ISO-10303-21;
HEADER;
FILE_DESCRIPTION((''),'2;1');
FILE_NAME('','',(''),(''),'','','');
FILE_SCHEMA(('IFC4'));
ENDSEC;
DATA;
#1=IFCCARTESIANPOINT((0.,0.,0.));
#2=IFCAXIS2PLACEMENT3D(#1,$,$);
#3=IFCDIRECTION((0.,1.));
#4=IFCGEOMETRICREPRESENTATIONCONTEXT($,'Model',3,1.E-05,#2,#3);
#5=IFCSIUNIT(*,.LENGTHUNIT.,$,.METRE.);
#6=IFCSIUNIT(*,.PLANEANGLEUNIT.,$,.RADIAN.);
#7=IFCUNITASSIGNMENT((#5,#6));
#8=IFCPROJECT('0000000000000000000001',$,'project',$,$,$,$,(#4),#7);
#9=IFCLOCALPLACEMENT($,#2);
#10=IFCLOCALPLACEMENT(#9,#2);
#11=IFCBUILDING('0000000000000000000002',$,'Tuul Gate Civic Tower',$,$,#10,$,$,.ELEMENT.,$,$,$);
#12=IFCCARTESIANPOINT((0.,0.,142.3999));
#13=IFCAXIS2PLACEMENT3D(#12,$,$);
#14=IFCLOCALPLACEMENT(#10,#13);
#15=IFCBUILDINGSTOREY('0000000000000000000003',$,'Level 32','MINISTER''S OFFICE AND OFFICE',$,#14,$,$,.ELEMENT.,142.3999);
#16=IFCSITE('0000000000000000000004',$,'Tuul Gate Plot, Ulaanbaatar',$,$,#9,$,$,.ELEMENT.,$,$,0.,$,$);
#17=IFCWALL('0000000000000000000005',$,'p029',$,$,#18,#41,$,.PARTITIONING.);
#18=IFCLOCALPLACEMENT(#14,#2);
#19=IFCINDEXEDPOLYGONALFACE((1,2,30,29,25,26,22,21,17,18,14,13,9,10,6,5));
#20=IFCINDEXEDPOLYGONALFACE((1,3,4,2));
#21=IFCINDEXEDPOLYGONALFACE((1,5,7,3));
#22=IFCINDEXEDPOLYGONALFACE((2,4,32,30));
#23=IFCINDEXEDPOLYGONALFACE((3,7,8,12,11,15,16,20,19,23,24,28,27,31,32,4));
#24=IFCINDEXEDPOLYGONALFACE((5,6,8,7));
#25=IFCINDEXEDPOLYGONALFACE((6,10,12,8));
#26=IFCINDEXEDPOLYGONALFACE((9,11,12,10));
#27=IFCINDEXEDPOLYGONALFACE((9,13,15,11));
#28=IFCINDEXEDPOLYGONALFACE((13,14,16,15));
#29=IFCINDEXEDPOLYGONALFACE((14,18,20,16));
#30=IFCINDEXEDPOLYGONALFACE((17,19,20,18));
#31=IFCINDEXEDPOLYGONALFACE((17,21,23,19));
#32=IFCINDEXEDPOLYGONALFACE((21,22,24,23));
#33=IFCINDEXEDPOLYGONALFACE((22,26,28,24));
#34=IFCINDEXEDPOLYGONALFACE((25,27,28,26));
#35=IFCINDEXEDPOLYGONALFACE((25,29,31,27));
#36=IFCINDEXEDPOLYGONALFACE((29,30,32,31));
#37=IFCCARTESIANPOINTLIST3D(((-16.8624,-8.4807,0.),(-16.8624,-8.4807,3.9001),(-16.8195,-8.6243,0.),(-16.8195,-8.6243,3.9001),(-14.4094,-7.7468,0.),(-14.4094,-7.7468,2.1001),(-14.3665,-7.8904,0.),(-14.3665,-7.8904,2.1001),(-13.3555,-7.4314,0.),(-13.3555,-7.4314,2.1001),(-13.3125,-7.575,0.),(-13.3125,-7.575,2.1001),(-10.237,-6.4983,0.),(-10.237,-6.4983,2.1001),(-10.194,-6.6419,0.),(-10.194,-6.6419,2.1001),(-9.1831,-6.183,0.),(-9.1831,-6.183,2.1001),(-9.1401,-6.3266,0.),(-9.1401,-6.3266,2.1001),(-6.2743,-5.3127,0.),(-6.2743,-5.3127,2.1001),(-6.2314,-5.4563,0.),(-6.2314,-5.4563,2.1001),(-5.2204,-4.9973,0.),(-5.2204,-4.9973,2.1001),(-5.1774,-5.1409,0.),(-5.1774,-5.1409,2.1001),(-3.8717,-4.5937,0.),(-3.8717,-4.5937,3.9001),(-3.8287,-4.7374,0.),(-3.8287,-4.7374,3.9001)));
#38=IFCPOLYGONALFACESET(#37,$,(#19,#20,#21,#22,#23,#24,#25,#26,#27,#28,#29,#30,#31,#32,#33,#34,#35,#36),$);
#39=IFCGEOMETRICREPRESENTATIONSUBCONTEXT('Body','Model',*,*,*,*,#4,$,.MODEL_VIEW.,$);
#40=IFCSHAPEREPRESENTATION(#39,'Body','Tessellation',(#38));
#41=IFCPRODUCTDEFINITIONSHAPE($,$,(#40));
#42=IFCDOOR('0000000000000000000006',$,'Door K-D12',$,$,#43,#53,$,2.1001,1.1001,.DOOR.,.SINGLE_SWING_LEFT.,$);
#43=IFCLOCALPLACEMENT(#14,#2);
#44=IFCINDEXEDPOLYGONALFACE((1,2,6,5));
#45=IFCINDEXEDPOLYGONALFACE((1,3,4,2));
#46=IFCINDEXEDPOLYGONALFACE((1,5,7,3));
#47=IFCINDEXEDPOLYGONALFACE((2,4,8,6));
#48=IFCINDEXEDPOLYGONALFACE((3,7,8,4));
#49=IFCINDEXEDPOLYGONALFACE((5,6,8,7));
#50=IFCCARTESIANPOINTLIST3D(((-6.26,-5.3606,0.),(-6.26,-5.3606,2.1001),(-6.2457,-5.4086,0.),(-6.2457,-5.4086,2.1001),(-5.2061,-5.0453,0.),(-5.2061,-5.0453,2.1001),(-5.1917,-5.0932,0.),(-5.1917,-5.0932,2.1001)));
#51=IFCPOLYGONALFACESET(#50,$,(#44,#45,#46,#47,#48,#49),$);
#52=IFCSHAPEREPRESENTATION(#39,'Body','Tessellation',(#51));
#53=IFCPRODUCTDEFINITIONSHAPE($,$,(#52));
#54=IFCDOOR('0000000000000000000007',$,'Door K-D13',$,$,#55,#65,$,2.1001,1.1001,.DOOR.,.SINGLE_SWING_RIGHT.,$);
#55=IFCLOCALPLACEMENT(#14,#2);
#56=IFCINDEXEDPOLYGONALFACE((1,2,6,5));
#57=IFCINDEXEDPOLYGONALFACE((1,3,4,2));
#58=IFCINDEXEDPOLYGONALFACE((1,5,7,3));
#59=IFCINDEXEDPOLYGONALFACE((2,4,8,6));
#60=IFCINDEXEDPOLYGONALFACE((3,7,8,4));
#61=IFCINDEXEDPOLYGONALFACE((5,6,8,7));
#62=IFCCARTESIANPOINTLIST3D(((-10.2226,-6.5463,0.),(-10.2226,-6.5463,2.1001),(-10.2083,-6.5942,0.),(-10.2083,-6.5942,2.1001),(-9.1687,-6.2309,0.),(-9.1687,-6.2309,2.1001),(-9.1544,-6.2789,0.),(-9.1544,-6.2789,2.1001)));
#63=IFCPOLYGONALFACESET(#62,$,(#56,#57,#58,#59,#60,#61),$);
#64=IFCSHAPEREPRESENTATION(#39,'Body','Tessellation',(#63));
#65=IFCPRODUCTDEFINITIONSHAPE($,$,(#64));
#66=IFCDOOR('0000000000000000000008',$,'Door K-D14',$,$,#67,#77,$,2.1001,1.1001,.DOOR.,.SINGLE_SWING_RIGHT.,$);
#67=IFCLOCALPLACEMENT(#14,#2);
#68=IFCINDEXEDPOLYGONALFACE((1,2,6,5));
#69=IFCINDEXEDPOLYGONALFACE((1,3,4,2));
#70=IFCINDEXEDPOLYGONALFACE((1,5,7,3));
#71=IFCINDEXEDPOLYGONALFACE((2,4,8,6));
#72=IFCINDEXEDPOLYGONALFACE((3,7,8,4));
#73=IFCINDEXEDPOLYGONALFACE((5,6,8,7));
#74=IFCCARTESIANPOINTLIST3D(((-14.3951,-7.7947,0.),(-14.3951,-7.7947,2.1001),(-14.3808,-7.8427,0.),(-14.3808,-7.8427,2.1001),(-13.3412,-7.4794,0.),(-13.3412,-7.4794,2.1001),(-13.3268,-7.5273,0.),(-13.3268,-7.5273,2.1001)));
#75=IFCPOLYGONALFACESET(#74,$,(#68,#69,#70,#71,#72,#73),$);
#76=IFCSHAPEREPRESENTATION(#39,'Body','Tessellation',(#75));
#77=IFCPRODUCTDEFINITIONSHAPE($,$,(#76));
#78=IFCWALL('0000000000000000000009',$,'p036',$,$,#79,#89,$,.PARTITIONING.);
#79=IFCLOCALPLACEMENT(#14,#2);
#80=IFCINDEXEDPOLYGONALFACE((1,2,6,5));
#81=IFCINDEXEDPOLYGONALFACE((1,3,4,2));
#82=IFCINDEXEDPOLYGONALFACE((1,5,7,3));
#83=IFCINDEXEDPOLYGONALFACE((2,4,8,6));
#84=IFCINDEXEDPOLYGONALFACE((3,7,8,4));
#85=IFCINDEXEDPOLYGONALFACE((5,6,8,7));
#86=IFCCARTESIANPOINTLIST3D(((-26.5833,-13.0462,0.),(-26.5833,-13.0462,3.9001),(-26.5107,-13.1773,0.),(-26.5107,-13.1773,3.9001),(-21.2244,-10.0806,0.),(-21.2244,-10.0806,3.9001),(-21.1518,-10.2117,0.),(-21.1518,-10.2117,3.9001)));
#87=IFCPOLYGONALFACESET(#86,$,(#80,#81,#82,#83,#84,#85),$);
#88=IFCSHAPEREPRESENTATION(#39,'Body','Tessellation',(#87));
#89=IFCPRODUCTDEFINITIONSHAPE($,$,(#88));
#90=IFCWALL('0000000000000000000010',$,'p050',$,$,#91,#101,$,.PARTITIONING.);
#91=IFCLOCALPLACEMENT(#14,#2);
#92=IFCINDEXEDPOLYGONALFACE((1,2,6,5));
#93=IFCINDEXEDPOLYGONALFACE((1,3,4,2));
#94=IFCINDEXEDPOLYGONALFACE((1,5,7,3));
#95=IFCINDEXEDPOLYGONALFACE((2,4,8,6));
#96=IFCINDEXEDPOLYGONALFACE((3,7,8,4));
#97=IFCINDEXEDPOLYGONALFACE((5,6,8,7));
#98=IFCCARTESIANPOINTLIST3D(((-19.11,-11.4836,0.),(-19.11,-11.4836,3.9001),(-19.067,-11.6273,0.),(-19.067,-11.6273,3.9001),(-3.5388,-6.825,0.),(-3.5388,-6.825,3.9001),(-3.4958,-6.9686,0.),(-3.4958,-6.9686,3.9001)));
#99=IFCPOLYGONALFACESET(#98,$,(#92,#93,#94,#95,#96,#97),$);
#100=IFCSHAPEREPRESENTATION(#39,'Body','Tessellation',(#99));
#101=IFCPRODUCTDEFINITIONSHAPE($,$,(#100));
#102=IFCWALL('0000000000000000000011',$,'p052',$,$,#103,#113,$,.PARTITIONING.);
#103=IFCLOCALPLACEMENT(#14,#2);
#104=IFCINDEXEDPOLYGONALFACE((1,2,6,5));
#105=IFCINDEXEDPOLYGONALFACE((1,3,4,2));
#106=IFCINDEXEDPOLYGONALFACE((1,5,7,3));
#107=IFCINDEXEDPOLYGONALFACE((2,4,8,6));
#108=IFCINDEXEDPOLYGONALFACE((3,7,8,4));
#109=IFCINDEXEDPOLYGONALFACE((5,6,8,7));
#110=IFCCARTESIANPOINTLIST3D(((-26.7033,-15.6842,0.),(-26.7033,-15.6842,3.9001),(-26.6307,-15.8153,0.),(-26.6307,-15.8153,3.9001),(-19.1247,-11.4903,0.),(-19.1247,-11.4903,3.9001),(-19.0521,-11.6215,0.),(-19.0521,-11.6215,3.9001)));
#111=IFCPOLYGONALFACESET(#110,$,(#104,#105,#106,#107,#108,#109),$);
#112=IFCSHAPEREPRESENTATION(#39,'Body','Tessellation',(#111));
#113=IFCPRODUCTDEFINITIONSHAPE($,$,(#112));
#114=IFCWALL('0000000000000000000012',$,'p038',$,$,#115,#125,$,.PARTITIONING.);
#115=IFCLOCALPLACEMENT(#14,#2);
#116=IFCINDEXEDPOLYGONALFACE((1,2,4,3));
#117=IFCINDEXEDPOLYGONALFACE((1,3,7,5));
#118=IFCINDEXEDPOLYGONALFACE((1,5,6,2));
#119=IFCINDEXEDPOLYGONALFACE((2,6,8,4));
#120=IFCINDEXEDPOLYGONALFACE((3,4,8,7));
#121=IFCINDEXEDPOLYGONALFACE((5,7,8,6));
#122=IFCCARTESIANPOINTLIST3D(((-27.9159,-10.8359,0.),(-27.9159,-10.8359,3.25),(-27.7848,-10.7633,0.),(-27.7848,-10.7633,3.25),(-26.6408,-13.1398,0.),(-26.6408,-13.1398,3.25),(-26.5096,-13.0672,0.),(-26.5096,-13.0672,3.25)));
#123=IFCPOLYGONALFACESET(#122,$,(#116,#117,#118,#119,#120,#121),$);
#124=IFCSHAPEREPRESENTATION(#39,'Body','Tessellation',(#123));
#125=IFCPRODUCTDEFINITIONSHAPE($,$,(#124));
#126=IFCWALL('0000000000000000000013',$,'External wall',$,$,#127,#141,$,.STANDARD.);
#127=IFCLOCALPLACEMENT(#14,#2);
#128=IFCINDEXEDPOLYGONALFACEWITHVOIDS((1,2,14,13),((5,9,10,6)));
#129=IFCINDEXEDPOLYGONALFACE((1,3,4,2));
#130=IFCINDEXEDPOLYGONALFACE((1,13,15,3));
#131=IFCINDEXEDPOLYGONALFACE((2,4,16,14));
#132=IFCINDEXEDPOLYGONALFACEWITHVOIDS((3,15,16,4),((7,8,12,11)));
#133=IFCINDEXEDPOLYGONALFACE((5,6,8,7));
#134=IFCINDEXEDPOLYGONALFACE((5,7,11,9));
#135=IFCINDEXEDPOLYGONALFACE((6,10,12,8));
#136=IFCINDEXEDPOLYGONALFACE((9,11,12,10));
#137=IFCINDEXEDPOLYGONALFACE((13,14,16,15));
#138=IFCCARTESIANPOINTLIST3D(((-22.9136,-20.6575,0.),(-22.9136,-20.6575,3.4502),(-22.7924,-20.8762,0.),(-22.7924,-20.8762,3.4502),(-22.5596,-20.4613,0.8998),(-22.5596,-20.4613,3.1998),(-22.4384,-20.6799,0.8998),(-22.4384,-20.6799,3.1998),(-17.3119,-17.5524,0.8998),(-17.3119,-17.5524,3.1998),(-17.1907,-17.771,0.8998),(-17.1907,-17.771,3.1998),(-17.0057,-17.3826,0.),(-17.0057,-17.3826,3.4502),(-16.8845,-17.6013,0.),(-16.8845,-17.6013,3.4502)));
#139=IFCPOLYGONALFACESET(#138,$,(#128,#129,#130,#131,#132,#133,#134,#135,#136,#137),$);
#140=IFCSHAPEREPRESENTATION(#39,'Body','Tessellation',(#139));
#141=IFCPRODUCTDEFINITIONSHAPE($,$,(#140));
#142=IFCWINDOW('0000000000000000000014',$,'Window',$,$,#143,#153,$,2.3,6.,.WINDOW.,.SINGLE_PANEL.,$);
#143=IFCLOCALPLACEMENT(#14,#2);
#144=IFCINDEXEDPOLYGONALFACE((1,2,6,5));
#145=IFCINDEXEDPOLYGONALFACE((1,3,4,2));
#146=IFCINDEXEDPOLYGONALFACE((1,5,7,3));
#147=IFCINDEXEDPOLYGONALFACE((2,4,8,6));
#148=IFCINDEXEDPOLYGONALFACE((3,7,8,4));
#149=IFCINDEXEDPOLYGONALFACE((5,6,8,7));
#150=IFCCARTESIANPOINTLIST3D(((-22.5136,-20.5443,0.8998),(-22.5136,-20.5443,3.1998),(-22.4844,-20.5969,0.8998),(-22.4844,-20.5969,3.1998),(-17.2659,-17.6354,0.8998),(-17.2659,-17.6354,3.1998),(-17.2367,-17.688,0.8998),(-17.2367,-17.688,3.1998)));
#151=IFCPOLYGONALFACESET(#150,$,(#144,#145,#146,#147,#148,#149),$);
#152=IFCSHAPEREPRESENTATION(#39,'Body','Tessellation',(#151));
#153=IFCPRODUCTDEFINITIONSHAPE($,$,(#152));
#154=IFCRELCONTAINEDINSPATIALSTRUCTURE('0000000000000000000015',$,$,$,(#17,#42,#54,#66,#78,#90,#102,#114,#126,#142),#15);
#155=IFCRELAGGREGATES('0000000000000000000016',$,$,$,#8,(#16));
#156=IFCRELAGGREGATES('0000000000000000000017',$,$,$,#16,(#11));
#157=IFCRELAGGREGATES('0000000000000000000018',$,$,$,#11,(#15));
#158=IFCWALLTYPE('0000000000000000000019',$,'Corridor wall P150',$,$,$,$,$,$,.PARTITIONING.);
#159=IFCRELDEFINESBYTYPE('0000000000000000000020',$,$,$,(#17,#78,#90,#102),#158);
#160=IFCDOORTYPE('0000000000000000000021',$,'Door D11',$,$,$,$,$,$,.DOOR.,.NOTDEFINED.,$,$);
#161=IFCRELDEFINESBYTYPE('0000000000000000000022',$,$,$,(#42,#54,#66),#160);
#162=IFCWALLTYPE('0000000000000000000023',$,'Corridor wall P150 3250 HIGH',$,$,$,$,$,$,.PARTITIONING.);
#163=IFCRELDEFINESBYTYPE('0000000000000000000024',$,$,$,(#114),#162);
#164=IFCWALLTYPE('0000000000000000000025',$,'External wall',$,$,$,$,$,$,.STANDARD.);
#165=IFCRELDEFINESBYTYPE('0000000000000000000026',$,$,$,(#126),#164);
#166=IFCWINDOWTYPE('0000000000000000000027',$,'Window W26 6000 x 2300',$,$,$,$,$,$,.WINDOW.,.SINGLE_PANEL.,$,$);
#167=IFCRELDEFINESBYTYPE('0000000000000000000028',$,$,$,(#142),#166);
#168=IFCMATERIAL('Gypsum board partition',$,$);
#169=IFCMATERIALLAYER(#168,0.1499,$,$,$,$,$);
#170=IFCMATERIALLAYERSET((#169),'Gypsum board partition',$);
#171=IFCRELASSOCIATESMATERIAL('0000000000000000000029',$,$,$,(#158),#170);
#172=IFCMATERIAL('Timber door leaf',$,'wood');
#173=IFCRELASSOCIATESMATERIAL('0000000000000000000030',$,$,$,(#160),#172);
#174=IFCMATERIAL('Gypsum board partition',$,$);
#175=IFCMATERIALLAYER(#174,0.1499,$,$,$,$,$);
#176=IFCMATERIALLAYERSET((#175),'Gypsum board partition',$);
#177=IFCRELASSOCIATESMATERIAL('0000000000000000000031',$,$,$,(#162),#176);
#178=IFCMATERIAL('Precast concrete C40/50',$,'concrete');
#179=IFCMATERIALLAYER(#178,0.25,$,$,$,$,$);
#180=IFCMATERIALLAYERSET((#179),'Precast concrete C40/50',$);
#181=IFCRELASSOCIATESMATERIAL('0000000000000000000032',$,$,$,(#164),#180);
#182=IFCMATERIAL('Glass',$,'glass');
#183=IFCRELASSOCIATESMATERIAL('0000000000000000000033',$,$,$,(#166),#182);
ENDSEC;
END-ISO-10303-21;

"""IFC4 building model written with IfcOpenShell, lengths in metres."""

from ifc_helpers import new_model, si_unit, direction, frame, frame_2d, origin, place, context, subcontext, project, spatial, rectangle, extrude, material, layer, layer_set, type_object, element, fill, save


model = new_model("IFC4")

# Units and contexts
model_context = context("Model", 3, precision=1e-05, world=origin(), true_north=direction((0.0, 1.0)))
body_context = subcontext(model_context, "Body", "Model", "MODEL_VIEW")
ifc_project = project(units=[si_unit("LENGTHUNIT", "METRE"), si_unit("PLANEANGLEUNIT", "RADIAN")], contexts=[model_context])

# Site, building, storey
site_placement = place(None, origin())
site = spatial("IfcSite", under=ifc_project, at=site_placement, Name="Tuul Gate Plot, Ulaanbaatar", CompositionType="ELEMENT", RefElevation=0.0)
building_placement = place(site_placement, origin())
building = spatial("IfcBuilding", under=site, at=building_placement, Name="Tuul Gate Civic Tower", CompositionType="ELEMENT")
storey_placement = place(building_placement, frame((0.0, 0.0, 142.3999)))
storey = spatial("IfcBuildingStorey", under=building, at=storey_placement, Name="Level 32", Description="MINISTER'S OFFICE AND OFFICE", CompositionType="ELEMENT", Elevation=142.3999)

# Wall, openings, doors
ifc_material_1 = material(Name="Gypsum board partition")
ifc_layer_1 = layer(ifc_material_1, 0.1499)
ifc_layer_set_1 = layer_set([ifc_layer_1], Name="Gypsum board partition")
wall_type_1 = type_object("IfcWallType", Name="Corridor wall P150", PredefinedType="PARTITIONING", material=ifc_layer_set_1)
wall_1_placement = place(storey_placement, frame((-16.8408, -8.5525, 0.0), z_axis=(0.0, 0.0, 1.0), x_axis=(0.958034, 0.286654, 0.0)))
wall_1 = element("IfcWall", 1, at=wall_1_placement, inside=storey, type_object=wall_type_1, Name="p029", PredefinedType="PARTITIONING", context=body_context, shape_type="SweptSolid", body=[
    extrude(rectangle(XDim=13.5598, YDim=0.1499, at=frame_2d((6.7798, 0.0))), origin(), (0.0, 0.0, 1.0), 3.9001),
])
opening_1_placement = place(wall_1_placement, frame((11.0518, 0.0, 0.0)))
opening_1 = element("IfcOpeningElement", 2, at=opening_1_placement, cuts=wall_1, PredefinedType="OPENING", context=body_context, shape_type="SweptSolid", body=[
    extrude(rectangle(XDim=1.1001, YDim=2.1001, at=frame_2d((0.55, 1.05))), frame((0.0, 0.085, 0.0), z_axis=(0.0, -1.0, 0.0), x_axis=(1.0, 0.0, 0.0)), (0.0, 0.0, 1.0), 0.1699),
])
opening_2_placement = place(wall_1_placement, frame((6.9155, 0.0, 0.0)))
opening_2 = element("IfcOpeningElement", 3, at=opening_2_placement, cuts=wall_1, PredefinedType="OPENING", context=body_context, shape_type="SweptSolid", body=[
    extrude(rectangle(XDim=1.1001, YDim=2.1001, at=frame_2d((0.55, 1.05))), frame((0.0, 0.085, 0.0), z_axis=(0.0, -1.0, 0.0), x_axis=(1.0, 0.0, 0.0)), (0.0, 0.0, 1.0), 0.1699),
])
opening_3_placement = place(wall_1_placement, frame((2.5603, 0.0, 0.0)))
opening_3 = element("IfcOpeningElement", 4, at=opening_3_placement, cuts=wall_1, PredefinedType="OPENING", context=body_context, shape_type="SweptSolid", body=[
    extrude(rectangle(XDim=1.1001, YDim=2.1001, at=frame_2d((0.55, 1.05))), frame((0.0, 0.085, 0.0), z_axis=(0.0, -1.0, 0.0), x_axis=(1.0, 0.0, 0.0)), (0.0, 0.0, 1.0), 0.1699),
])
ifc_material_2 = material(Name="Timber door leaf", Category="wood")
door_type_1 = type_object("IfcDoorType", Name="Door D11", OperationType="NOTDEFINED", PredefinedType="DOOR", material=ifc_material_2)
door_1_placement = place(opening_1_placement, origin())
door_1 = element("IfcDoor", 5, at=door_1_placement, inside=storey, type_object=door_type_1, Name="Door K-D12", OperationType="SINGLE_SWING_LEFT", OverallHeight=2.1001, OverallWidth=1.1001, PredefinedType="DOOR", context=body_context, shape_type="SweptSolid", body=[
    extrude(rectangle(XDim=1.1001, YDim=2.1001, at=frame_2d((0.55, 1.05))), frame((0.0, 0.0249, 0.0), z_axis=(0.0, -1.0, 0.0), x_axis=(1.0, 0.0, 0.0)), (0.0, 0.0, 1.0), 0.05),
])
fill(opening_1, door_1)
door_2_placement = place(opening_2_placement, origin())
door_2 = element("IfcDoor", 6, at=door_2_placement, inside=storey, type_object=door_type_1, Name="Door K-D13", OperationType="SINGLE_SWING_RIGHT", OverallHeight=2.1001, OverallWidth=1.1001, PredefinedType="DOOR", context=body_context, shape_type="SweptSolid", body=[
    extrude(rectangle(XDim=1.1001, YDim=2.1001, at=frame_2d((0.55, 1.05))), frame((0.0, 0.0249, 0.0), z_axis=(0.0, -1.0, 0.0), x_axis=(1.0, 0.0, 0.0)), (0.0, 0.0, 1.0), 0.05),
])
fill(opening_2, door_2)
door_3_placement = place(opening_3_placement, origin())
door_3 = element("IfcDoor", 7, at=door_3_placement, inside=storey, type_object=door_type_1, Name="Door K-D14", OperationType="SINGLE_SWING_RIGHT", OverallHeight=2.1001, OverallWidth=1.1001, PredefinedType="DOOR", context=body_context, shape_type="SweptSolid", body=[
    extrude(rectangle(XDim=1.1001, YDim=2.1001, at=frame_2d((0.55, 1.05))), frame((0.0, 0.0249, 0.0), z_axis=(0.0, -1.0, 0.0), x_axis=(1.0, 0.0, 0.0)), (0.0, 0.0, 1.0), 0.05),
])
fill(opening_3, door_3)

# Walls
wall_2_placement = place(storey_placement, frame((-26.5471, -13.1118, 0.0), z_axis=(0.0, 0.0, 1.0), x_axis=(0.874959, 0.484197, 0.0)))
element("IfcWall", 8, at=wall_2_placement, inside=storey, type_object=wall_type_1, Name="p036", PredefinedType="PARTITIONING", context=body_context, shape_type="SweptSolid", body=[
    extrude(rectangle(XDim=6.1248, YDim=0.1499, at=frame_2d((3.0625, 0.0))), origin(), (0.0, 0.0, 1.0), 3.9001),
])
wall_3_placement = place(storey_placement, frame((-19.0884, -11.5554, 0.0), z_axis=(0.0, 0.0, 1.0), x_axis=(0.958041, 0.286631, 0.0)))
element("IfcWall", 9, at=wall_3_placement, inside=storey, type_object=wall_type_1, Name="p050", PredefinedType="PARTITIONING", context=body_context, shape_type="SweptSolid", body=[
    extrude(rectangle(XDim=16.2532, YDim=0.1499, at=frame_2d((8.1265, 0.0))), origin(), (0.0, 0.0, 1.0), 3.9001),
])
wall_4_placement = place(storey_placement, frame((-26.667, -15.7498, 0.0), z_axis=(0.0, 0.0, 1.0), x_axis=(0.874964, 0.484187, 0.0)))
element("IfcWall", 10, at=wall_4_placement, inside=storey, type_object=wall_type_1, Name="p052", PredefinedType="PARTITIONING", context=body_context, shape_type="SweptSolid", body=[
    extrude(rectangle(XDim=8.6616, YDim=0.1499, at=frame_2d((4.3308, 0.0))), origin(), (0.0, 0.0, 1.0), 3.9001),
])
ifc_material_3 = material(Name="Gypsum board partition")
ifc_layer_2 = layer(ifc_material_3, 0.1499)
ifc_layer_set_2 = layer_set([ifc_layer_2], Name="Gypsum board partition")
wall_type_2 = type_object("IfcWallType", Name="Corridor wall P150 3250 HIGH", PredefinedType="PARTITIONING", material=ifc_layer_set_2)
wall_5_placement = place(storey_placement, frame((-27.8503, -10.7996, 0.0), z_axis=(0.0, 0.0, 1.0), x_axis=(0.484241, -0.874935, 0.0)))
element("IfcWall", 11, at=wall_5_placement, inside=storey, type_object=wall_type_2, Name="p038", PredefinedType="PARTITIONING", context=body_context, shape_type="SweptSolid", body=[
    extrude(rectangle(XDim=2.6333, YDim=0.1499, at=frame_2d((1.3167, 0.0))), origin(), (0.0, 0.0, 1.0), 3.25),
])

# Wall, opening, window
ifc_material_4 = material(Name="Precast concrete C40/50", Category="concrete")
ifc_layer_3 = layer(ifc_material_4, 0.25)
ifc_layer_set_3 = layer_set([ifc_layer_3], Name="Precast concrete C40/50")
wall_type_3 = type_object("IfcWallType", Name="External wall", PredefinedType="STANDARD", material=ifc_layer_set_3)
wall_6_placement = place(storey_placement, frame((-22.853, -20.7668, 0.0), z_axis=(0.0, 0.0, 1.0), x_axis=(0.874615, 0.484817, 0.0)))
wall_6 = element("IfcWall", 12, at=wall_6_placement, inside=storey, type_object=wall_type_3, Name="External wall", PredefinedType="STANDARD", context=body_context, shape_type="SweptSolid", body=[
    extrude(rectangle(XDim=6.7549, YDim=0.25, at=frame_2d((3.3774, 0.0))), origin(), (0.0, 0.0, 1.0), 3.4502),
])
opening_4_placement = place(wall_6_placement, frame((0.4048, 0.0, 0.8999)))
opening_4 = element("IfcOpeningElement", 13, at=opening_4_placement, cuts=wall_6, PredefinedType="OPENING", context=body_context, shape_type="SweptSolid", body=[
    extrude(rectangle(XDim=6.0, YDim=2.3, at=frame_2d((3.0, 1.1499))), frame((0.0, 0.135, 0.0), z_axis=(0.0, -1.0, 0.0), x_axis=(1.0, 0.0, 0.0)), (0.0, 0.0, 1.0), 0.27),
])
ifc_material_5 = material(Name="Glass", Category="glass")
window_type = type_object("IfcWindowType", Name="Window W26 6000 x 2300", PartitioningType="SINGLE_PANEL", PredefinedType="WINDOW", material=ifc_material_5)
window_1_placement = place(opening_4_placement, origin())
window_1 = element("IfcWindow", 14, at=window_1_placement, inside=storey, type_object=window_type, Name="Window", OverallHeight=2.3, OverallWidth=6.0, PartitioningType="SINGLE_PANEL", PredefinedType="WINDOW", context=body_context, shape_type="SweptSolid", body=[
    extrude(rectangle(XDim=6.0, YDim=2.3, at=frame_2d((3.0, 1.1499))), frame((0.0, 0.03, 0.0), z_axis=(0.0, -1.0, 0.0), x_axis=(1.0, 0.0, 0.0)), (0.0, 0.0, 1.0), 0.0601),
])
fill(opening_4, window_1)

save(model, "model.ifc")
